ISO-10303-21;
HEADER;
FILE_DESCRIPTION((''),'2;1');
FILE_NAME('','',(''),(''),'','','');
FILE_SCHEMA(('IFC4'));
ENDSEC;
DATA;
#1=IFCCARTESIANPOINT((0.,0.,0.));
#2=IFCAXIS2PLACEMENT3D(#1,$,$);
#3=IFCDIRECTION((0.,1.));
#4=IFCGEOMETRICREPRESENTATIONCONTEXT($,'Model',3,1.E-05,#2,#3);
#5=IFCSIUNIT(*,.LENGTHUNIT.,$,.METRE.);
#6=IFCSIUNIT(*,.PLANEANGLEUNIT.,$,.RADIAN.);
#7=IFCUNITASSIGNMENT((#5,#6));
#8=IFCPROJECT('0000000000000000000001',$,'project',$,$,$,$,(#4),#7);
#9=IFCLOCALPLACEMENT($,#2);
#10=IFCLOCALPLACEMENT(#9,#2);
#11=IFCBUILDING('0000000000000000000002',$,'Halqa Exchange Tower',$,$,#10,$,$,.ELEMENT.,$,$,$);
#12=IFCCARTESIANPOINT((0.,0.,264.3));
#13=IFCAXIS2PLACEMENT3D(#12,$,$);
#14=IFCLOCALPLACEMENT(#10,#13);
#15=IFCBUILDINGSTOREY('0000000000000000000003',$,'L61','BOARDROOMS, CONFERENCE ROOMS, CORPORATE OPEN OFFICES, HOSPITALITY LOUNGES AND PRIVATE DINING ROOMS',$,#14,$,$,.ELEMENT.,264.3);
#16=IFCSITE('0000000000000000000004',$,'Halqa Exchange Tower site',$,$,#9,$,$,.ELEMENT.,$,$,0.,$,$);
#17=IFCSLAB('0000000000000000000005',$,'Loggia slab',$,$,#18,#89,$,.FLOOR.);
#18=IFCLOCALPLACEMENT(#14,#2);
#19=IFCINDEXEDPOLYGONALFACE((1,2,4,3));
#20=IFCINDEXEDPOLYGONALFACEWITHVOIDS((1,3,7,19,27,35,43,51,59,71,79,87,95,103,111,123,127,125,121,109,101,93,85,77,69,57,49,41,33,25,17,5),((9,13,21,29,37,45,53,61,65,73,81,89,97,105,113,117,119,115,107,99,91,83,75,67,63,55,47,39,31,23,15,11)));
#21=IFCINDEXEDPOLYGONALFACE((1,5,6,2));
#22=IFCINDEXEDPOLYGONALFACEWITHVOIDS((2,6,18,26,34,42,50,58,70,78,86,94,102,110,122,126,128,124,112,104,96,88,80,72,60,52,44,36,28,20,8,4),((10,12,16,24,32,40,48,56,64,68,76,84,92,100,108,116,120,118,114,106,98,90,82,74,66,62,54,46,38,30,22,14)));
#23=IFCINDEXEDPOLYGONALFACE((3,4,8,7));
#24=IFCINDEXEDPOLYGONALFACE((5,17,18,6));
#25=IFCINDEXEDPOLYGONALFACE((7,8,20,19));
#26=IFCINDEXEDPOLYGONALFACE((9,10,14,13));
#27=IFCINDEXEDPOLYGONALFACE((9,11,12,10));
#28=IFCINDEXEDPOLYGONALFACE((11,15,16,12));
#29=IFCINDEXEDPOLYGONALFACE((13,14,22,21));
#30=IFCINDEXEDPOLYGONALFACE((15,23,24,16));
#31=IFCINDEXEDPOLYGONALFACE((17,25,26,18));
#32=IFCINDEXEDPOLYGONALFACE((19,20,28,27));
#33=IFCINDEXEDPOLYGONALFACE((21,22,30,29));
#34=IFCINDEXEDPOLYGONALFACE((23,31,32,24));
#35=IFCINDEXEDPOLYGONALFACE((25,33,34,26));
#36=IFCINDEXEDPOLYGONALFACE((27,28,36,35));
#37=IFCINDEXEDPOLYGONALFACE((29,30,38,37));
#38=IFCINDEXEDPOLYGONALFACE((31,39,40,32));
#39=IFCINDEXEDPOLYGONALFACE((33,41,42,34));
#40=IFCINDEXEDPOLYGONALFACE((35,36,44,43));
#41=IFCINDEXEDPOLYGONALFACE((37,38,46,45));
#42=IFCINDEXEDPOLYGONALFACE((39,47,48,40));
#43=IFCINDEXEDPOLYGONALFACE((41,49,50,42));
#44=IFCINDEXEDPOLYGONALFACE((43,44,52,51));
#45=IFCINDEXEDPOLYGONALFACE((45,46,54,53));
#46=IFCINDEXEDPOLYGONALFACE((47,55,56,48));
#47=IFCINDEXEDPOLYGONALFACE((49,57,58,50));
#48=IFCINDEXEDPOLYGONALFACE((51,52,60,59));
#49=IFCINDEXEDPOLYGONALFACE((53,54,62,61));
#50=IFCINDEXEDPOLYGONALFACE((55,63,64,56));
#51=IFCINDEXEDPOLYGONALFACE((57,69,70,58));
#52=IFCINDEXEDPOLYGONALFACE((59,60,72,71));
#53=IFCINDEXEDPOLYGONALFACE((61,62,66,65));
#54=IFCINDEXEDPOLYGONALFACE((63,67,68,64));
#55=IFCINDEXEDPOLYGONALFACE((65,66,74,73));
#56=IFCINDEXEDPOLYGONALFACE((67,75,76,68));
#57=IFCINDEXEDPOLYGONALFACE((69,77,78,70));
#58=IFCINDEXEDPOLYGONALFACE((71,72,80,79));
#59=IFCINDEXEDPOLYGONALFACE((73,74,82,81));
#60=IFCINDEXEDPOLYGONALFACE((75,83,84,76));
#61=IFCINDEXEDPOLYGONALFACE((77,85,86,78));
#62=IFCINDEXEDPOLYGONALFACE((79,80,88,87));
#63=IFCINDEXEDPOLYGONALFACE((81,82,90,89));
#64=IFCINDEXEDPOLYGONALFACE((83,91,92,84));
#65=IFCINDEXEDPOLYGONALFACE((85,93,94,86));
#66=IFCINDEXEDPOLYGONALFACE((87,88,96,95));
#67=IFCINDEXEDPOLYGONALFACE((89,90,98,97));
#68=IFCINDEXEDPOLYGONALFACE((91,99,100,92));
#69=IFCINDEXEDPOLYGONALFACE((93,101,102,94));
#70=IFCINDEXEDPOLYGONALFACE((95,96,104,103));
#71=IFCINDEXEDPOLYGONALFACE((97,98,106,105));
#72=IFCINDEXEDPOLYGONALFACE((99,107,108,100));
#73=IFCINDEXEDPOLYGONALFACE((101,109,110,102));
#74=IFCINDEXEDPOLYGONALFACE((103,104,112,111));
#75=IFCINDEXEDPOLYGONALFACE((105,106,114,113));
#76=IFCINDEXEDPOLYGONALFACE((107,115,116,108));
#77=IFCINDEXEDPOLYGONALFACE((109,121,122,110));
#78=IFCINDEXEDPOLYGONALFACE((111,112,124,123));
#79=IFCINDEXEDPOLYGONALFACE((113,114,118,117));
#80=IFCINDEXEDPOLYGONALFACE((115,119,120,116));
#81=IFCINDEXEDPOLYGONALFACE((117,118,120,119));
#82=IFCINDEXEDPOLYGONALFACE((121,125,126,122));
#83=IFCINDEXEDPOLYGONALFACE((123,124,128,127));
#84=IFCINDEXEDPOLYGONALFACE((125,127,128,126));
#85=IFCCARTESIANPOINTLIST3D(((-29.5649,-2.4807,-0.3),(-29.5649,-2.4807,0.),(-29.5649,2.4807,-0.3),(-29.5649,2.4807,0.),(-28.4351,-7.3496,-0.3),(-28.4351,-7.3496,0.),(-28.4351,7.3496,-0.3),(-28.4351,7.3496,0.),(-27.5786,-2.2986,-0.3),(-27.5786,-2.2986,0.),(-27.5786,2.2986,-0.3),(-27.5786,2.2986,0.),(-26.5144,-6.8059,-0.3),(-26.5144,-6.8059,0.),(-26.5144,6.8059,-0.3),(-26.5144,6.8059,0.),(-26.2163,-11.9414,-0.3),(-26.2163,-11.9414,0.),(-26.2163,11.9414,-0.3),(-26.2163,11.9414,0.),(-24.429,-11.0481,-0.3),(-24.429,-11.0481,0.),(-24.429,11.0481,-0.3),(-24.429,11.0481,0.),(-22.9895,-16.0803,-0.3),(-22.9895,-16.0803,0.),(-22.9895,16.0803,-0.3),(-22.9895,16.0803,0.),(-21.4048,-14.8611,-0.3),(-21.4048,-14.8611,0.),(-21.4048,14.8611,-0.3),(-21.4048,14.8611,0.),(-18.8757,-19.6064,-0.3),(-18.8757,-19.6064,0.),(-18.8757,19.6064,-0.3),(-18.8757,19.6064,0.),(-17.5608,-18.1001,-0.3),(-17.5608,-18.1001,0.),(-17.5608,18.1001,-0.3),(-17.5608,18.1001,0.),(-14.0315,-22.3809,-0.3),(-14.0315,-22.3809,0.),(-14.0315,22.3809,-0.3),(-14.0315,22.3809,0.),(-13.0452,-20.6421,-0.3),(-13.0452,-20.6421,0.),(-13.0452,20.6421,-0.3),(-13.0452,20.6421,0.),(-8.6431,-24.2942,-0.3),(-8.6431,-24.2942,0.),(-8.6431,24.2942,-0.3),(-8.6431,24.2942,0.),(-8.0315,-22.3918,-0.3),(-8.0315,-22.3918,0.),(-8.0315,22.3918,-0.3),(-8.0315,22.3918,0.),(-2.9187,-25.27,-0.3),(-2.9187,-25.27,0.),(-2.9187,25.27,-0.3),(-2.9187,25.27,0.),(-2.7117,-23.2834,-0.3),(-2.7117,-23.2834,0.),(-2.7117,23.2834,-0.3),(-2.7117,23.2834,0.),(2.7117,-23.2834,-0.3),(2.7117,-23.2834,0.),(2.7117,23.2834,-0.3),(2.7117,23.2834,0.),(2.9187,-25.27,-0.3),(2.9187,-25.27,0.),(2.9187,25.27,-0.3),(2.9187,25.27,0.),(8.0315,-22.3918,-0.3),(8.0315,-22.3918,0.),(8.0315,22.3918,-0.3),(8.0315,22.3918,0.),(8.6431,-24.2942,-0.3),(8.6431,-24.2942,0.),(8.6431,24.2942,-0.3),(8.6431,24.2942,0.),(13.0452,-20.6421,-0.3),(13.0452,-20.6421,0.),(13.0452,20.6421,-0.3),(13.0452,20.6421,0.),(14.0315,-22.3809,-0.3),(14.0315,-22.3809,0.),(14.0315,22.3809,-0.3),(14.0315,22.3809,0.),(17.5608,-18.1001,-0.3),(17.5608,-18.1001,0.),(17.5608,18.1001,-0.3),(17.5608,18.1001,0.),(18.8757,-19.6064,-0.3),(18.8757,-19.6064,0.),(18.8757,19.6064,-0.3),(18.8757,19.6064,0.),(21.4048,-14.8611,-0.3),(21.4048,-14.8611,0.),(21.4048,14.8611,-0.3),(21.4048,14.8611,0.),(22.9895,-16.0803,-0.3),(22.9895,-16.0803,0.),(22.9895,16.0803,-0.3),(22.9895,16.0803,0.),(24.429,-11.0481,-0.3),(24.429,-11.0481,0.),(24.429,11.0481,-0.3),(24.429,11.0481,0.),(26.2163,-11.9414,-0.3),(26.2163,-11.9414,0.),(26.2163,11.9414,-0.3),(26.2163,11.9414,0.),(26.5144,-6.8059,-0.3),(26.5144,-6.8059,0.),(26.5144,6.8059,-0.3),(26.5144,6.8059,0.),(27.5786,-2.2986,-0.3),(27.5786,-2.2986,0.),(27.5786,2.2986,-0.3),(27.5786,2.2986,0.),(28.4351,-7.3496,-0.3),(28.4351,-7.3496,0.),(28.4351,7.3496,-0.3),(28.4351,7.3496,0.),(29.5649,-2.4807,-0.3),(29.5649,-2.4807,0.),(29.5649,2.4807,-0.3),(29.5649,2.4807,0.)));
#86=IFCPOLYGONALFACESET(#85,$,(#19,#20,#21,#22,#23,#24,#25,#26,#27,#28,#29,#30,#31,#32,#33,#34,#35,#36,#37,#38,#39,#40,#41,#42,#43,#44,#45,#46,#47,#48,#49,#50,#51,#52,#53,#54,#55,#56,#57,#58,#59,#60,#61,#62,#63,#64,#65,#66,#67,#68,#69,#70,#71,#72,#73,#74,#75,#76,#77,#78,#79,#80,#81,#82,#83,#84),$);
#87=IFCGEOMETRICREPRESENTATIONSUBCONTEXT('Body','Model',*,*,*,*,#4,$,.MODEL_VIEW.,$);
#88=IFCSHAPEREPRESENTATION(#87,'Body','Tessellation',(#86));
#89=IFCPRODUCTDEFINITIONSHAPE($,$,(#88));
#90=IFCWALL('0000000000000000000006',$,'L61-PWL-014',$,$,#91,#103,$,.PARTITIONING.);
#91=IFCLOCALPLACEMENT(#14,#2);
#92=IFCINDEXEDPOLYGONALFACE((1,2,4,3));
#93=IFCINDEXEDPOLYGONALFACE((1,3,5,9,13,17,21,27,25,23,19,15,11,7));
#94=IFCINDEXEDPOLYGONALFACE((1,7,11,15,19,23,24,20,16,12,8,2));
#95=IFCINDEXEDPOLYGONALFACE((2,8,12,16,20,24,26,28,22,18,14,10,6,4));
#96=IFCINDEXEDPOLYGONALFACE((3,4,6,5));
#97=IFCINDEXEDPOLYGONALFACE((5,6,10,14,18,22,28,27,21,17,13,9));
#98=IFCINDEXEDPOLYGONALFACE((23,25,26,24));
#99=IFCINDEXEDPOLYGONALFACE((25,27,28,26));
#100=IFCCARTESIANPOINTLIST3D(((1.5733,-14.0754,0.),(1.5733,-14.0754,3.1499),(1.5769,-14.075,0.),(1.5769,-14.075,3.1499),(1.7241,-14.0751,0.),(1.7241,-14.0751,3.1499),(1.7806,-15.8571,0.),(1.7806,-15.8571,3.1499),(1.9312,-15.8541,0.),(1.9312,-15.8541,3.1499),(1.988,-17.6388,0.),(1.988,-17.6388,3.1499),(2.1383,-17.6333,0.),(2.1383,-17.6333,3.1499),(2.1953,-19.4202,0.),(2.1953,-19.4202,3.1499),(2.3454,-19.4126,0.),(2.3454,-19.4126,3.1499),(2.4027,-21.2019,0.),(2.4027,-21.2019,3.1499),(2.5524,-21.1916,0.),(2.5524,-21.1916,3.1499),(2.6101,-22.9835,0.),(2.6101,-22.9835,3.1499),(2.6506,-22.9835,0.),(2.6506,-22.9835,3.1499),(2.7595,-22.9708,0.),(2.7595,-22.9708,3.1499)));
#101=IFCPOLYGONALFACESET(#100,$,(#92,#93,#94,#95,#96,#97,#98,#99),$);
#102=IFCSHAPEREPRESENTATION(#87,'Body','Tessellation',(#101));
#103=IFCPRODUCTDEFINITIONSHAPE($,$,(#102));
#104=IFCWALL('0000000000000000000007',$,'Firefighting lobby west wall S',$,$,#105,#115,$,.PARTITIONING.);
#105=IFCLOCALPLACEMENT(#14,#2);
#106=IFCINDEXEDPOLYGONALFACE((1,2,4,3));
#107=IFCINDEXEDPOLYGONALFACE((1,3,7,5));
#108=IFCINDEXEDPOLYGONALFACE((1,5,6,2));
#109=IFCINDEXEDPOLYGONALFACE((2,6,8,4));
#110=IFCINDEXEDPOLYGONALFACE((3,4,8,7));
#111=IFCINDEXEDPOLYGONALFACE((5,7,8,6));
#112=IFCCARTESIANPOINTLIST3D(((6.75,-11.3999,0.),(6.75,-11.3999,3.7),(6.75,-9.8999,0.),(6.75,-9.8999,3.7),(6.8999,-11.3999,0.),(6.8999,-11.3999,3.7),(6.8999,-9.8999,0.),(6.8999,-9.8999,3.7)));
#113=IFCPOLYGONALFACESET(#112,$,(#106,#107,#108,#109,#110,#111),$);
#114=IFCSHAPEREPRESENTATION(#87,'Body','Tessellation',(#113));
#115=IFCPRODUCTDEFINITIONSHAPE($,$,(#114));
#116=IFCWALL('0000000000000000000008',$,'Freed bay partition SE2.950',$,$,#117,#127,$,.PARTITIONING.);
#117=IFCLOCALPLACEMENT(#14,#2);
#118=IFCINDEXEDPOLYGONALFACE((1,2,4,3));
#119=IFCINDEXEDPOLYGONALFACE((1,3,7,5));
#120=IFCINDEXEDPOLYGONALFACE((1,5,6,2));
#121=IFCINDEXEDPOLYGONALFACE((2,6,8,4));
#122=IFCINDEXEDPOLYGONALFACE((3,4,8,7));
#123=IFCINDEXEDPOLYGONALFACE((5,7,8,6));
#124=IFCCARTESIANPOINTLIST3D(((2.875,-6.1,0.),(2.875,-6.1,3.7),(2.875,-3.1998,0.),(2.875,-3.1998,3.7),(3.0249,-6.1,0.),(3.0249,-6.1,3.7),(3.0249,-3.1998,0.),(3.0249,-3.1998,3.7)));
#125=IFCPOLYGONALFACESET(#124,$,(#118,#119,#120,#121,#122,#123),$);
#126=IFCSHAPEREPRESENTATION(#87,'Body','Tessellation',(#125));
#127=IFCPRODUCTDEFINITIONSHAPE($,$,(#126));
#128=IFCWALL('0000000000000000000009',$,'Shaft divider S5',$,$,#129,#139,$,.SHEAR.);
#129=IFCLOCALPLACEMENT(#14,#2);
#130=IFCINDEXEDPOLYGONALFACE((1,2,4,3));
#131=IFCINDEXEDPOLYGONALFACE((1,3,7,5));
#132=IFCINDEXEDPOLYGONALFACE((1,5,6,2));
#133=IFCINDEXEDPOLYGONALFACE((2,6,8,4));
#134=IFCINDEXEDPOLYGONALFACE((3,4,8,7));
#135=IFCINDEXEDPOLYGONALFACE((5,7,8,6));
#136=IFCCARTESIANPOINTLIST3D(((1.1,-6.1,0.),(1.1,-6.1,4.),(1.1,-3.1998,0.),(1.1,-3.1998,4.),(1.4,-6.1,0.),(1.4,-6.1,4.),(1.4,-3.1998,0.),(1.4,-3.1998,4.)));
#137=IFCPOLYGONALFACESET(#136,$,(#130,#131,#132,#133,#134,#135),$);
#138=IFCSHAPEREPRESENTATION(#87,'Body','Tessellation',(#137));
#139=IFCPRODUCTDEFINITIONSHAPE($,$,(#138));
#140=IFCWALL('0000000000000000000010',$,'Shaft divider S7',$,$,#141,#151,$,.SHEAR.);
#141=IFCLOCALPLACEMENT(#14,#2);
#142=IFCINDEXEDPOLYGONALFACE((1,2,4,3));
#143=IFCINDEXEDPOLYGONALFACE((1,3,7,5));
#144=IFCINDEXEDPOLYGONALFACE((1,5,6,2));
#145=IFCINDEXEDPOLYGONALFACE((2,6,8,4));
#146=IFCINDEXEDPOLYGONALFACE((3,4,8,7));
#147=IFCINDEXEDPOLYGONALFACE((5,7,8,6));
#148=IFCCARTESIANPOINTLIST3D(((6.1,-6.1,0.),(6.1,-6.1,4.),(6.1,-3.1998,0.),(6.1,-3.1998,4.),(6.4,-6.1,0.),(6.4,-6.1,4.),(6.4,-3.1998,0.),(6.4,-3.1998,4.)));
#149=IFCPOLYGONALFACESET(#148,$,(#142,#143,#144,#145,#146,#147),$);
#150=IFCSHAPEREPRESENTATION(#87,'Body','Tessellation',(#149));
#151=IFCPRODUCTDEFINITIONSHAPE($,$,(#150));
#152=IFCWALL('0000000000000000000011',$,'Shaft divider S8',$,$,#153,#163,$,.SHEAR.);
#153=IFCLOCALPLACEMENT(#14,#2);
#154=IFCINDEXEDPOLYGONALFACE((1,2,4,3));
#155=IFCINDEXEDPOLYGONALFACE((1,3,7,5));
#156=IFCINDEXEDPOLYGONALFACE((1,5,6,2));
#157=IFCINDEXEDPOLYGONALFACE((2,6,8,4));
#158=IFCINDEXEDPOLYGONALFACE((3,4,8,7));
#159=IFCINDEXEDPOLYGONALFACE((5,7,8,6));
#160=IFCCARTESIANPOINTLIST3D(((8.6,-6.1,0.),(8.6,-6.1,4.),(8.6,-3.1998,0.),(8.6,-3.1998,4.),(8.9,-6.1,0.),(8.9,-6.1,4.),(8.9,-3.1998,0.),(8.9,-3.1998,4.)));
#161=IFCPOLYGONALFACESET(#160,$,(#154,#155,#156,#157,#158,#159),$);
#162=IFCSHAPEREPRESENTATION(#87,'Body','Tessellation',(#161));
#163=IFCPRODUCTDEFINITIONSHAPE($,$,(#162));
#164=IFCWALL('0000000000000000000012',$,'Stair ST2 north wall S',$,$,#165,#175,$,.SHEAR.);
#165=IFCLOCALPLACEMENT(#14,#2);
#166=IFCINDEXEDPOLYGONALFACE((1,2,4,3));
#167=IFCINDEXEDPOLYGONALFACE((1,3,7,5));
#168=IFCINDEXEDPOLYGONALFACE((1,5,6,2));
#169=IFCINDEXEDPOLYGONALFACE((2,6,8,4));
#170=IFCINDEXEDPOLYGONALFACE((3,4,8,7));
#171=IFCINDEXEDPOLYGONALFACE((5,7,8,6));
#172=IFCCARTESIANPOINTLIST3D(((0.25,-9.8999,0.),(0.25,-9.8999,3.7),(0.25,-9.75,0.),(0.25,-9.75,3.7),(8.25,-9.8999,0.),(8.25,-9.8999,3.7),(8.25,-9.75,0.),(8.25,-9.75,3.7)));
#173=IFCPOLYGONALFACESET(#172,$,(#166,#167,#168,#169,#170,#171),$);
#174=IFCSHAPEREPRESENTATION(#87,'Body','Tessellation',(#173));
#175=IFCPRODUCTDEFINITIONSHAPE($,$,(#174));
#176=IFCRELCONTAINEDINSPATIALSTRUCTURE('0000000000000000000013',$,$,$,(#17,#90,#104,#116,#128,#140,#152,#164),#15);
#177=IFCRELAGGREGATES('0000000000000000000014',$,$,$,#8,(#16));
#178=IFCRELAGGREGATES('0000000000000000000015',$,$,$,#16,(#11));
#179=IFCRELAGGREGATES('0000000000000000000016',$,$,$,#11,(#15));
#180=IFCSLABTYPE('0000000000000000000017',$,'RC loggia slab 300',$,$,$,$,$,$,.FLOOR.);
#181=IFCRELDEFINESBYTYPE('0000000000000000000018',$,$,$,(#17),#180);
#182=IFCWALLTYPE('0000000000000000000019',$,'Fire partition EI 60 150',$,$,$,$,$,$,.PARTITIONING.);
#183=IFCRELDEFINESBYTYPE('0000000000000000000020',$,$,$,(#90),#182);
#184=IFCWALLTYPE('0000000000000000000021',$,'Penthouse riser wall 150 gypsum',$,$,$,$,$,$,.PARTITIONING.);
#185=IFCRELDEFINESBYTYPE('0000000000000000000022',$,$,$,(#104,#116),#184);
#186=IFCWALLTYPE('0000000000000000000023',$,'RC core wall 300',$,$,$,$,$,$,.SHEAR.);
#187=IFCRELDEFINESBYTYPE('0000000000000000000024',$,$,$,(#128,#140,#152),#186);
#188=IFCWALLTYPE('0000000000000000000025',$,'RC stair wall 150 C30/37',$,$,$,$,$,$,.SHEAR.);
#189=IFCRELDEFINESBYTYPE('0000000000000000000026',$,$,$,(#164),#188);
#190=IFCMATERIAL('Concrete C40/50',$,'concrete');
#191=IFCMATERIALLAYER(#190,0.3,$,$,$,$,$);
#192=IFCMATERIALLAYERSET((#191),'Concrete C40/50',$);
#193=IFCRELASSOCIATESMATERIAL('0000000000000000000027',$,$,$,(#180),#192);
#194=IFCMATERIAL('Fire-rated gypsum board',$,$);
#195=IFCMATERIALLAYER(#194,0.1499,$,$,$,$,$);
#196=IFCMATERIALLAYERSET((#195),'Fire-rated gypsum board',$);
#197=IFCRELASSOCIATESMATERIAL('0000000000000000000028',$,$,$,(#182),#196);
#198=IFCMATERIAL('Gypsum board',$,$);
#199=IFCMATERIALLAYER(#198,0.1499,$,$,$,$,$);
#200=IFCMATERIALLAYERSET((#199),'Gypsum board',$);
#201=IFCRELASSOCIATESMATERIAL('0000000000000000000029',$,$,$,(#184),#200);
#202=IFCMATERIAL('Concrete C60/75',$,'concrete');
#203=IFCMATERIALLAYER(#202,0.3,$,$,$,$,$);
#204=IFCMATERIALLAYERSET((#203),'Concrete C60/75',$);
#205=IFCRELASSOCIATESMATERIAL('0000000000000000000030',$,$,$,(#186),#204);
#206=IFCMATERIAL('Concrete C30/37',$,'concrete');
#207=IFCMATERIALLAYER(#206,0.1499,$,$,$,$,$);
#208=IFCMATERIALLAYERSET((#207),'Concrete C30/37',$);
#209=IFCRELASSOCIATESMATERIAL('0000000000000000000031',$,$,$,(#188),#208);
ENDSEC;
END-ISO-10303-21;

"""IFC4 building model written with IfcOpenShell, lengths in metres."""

from ifc_helpers import new_model, si_unit, direction, frame, frame_2d, origin, place, context, subcontext, project, spatial, polyline, rectangle, outline, extrude, material, layer, layer_set, type_object, element, save


model = new_model("IFC4")

# Units and contexts
model_context = context("Model", 3, precision=1e-05, world=origin(), true_north=direction((0.0, 1.0)))
body_context = subcontext(model_context, "Body", "Model", "MODEL_VIEW")
ifc_project = project(units=[si_unit("LENGTHUNIT", "METRE"), si_unit("PLANEANGLEUNIT", "RADIAN")], contexts=[model_context])

# Site, building, storey
site_placement = place(None, origin())
site = spatial("IfcSite", under=ifc_project, at=site_placement, Name="Halqa Exchange Tower site", CompositionType="ELEMENT", RefElevation=0.0)
building_placement = place(site_placement, origin())
building = spatial("IfcBuilding", under=site, at=building_placement, Name="Halqa Exchange Tower", CompositionType="ELEMENT")
storey_placement = place(building_placement, frame((0.0, 0.0, 264.3)))
storey = spatial("IfcBuildingStorey", under=building, at=storey_placement, Name="L61", Description="BOARDROOMS, CONFERENCE ROOMS, CORPORATE OPEN OFFICES, HOSPITALITY LOUNGES AND PRIVATE DINING ROOMS", CompositionType="ELEMENT", Elevation=264.3)

# Shared definitions
ifc_material_1 = material(Name="Concrete C60/75", Category="concrete")

# Slab
ifc_material_2 = material(Name="Concrete C40/50", Category="concrete")
ifc_layer_1 = layer(ifc_material_2, 0.3)
ifc_layer_set_1 = layer_set([ifc_layer_1], Name="Concrete C40/50")
slab_type_1 = type_object("IfcSlabType", Name="RC loggia slab 300", PredefinedType="FLOOR", material=ifc_layer_set_1)
slab_1_placement = place(storey_placement, frame((0.0, 0.0, -0.3)))
element("IfcSlab", 1, at=slab_1_placement, inside=storey, type_object=slab_type_1, Name="Loggia slab", PredefinedType="FLOOR", context=body_context, shape_type="SweptSolid", body=[
    extrude(outline(polyline([(29.5649, 2.4807), (29.5649, -2.4807), (28.4351, -7.3496), (26.2163, -11.9414), (22.9895, -16.0803), (18.8757, -19.6064), (14.0315, -22.3809), (8.6431, -24.2942), (2.9187, -25.27), (-2.9187, -25.27), (-8.6431, -24.2942), (-14.0315, -22.3809), (-18.8757, -19.6064), (-22.9895, -16.0803), (-26.2163, -11.9414), (-28.4351, -7.3496), (-29.5649, -2.4807), (-29.5649, 2.4807), (-28.4351, 7.3496), (-26.2163, 11.9414), (-22.9895, 16.0803), (-18.8757, 19.6064), (-14.0315, 22.3809), (-8.6431, 24.2942), (-2.9187, 25.27), (2.9187, 25.27), (8.6431, 24.2942), (14.0315, 22.3809), (18.8757, 19.6064), (22.9895, 16.0803), (26.2163, 11.9414), (28.4351, 7.3496), (29.5649, 2.4807)]), holes=[polyline([(27.5786, 2.2986), (26.5144, 6.8059), (24.429, 11.0481), (21.4048, 14.8611), (17.5608, 18.1001), (13.0452, 20.6421), (8.0315, 22.3918), (2.7117, 23.2834), (-2.7117, 23.2834), (-8.0315, 22.3918), (-13.0452, 20.6421), (-17.5608, 18.1001), (-21.4048, 14.8611), (-24.429, 11.0481), (-26.5144, 6.8059), (-27.5786, 2.2986), (-27.5786, -2.2986), (-26.5144, -6.8059), (-24.429, -11.0481), (-21.4048, -14.8611), (-17.5608, -18.1001), (-13.0452, -20.6421), (-8.0315, -22.3918), (-2.7117, -23.2834), (2.7117, -23.2834), (8.0315, -22.3918), (13.0452, -20.6421), (17.5608, -18.1001), (21.4048, -14.8611), (24.429, -11.0481), (26.5144, -6.8059), (27.5786, -2.2986), (27.5786, 2.2986)])]), origin(), (0.0, 0.0, 1.0), 0.3),
])

# Walls
ifc_material_3 = material(Name="Fire-rated gypsum board")
ifc_layer_2 = layer(ifc_material_3, 0.1499)
ifc_layer_set_2 = layer_set([ifc_layer_2], Name="Fire-rated gypsum board")
wall_type_1 = type_object("IfcWallType", Name="Fire partition EI 60 150", PredefinedType="PARTITIONING", material=ifc_layer_set_2)
wall_1_placement = place(storey_placement, frame((2.6851, -22.9795, 0.0), z_axis=(0.0, 0.0, 1.0), x_axis=(-0.115608, 0.993295, 0.0)))
element("IfcWall", 2, at=wall_1_placement, inside=storey, type_object=wall_type_1, Name="L61-PWL-014", PredefinedType="PARTITIONING", context=body_context, shape_type="SweptSolid", body=[
    extrude(outline(polyline([(0.0, -0.075), (1.7913, -0.075), (3.5823, -0.075), (5.3735, -0.075), (7.1648, -0.075), (8.9558, -0.075), (8.9729, 0.0713), (8.9729, 0.075), (7.1792, 0.075), (5.3855, 0.075), (3.592, 0.075), (1.7983, 0.075), (0.0046, 0.075), (0.0, 0.0347), (0.0, -0.075)])), origin(), (0.0, 0.0, 1.0), 3.1499),
])
ifc_material_4 = material(Name="Gypsum board")
ifc_layer_3 = layer(ifc_material_4, 0.1499)
ifc_layer_set_3 = layer_set([ifc_layer_3], Name="Gypsum board")
wall_type_2 = type_object("IfcWallType", Name="Penthouse riser wall 150 gypsum", PredefinedType="PARTITIONING", material=ifc_layer_set_3)
wall_2_placement = place(storey_placement, frame((6.825, -11.3999, 0.0), z_axis=(0.0, 0.0, 1.0), x_axis=(0.0, 1.0, 0.0)))
element("IfcWall", 3, at=wall_2_placement, inside=storey, type_object=wall_type_2, Name="Firefighting lobby west wall S", PredefinedType="PARTITIONING", context=body_context, shape_type="SweptSolid", body=[
    extrude(rectangle(XDim=1.5, YDim=0.1499, at=frame_2d((0.75, 0.0))), origin(), (0.0, 0.0, 1.0), 3.7),
])
wall_3_placement = place(storey_placement, frame((2.95, -6.1001, 0.0), z_axis=(0.0, 0.0, 1.0), x_axis=(0.0, 1.0, 0.0)))
element("IfcWall", 4, at=wall_3_placement, inside=storey, type_object=wall_type_2, Name="Freed bay partition SE2.950", PredefinedType="PARTITIONING", context=body_context, shape_type="SweptSolid", body=[
    extrude(rectangle(XDim=2.9001, YDim=0.1499, at=frame_2d((1.4502, 0.0))), origin(), (0.0, 0.0, 1.0), 3.7),
])
ifc_layer_4 = layer(ifc_material_1, 0.3)
ifc_layer_set_4 = layer_set([ifc_layer_4], Name="Concrete C60/75")
wall_type_3 = type_object("IfcWallType", Name="RC core wall 300", PredefinedType="SHEAR", material=ifc_layer_set_4)
for number, where, z_axis, x_axis, name in (
    (5, (1.25, -6.1001, 0.0), (0.0, 0.0, 1.0), (0.0, 1.0, 0.0), "Shaft divider S5"),
    (6, (6.25, -6.1001, 0.0), (0.0, 0.0, 1.0), (0.0, 1.0, 0.0), "Shaft divider S7"),
    (7, (8.75, -6.1001, 0.0), (0.0, 0.0, 1.0), (0.0, 1.0, 0.0), "Shaft divider S8"),
):
    element("IfcWall", number, at=place(storey_placement, frame(where, z_axis=z_axis, x_axis=x_axis)), inside=storey, type_object=wall_type_3, Name=name, PredefinedType="SHEAR", context=body_context, shape_type="SweptSolid", body=[
        extrude(rectangle(XDim=2.9001, YDim=0.3, at=frame_2d((1.4502, 0.0))), origin(), (0.0, 0.0, 1.0), 4.0),
    ])
ifc_material_5 = material(Name="Concrete C30/37", Category="concrete")
ifc_layer_5 = layer(ifc_material_5, 0.1499)
ifc_layer_set_5 = layer_set([ifc_layer_5], Name="Concrete C30/37")
wall_type_4 = type_object("IfcWallType", Name="RC stair wall 150 C30/37", PredefinedType="SHEAR", material=ifc_layer_set_5)
wall_4_placement = place(storey_placement, frame((0.25, -9.825, 0.0), z_axis=(0.0, 0.0, 1.0), x_axis=(1.0, 0.0, 0.0)))
element("IfcWall", 8, at=wall_4_placement, inside=storey, type_object=wall_type_4, Name="Stair ST2 north wall S", PredefinedType="SHEAR", context=body_context, shape_type="SweptSolid", body=[
    extrude(rectangle(XDim=8.0, YDim=0.1499, at=frame_2d((4.0, 0.0))), origin(), (0.0, 0.0, 1.0), 3.7),
])

save(model, "model.ifc")
